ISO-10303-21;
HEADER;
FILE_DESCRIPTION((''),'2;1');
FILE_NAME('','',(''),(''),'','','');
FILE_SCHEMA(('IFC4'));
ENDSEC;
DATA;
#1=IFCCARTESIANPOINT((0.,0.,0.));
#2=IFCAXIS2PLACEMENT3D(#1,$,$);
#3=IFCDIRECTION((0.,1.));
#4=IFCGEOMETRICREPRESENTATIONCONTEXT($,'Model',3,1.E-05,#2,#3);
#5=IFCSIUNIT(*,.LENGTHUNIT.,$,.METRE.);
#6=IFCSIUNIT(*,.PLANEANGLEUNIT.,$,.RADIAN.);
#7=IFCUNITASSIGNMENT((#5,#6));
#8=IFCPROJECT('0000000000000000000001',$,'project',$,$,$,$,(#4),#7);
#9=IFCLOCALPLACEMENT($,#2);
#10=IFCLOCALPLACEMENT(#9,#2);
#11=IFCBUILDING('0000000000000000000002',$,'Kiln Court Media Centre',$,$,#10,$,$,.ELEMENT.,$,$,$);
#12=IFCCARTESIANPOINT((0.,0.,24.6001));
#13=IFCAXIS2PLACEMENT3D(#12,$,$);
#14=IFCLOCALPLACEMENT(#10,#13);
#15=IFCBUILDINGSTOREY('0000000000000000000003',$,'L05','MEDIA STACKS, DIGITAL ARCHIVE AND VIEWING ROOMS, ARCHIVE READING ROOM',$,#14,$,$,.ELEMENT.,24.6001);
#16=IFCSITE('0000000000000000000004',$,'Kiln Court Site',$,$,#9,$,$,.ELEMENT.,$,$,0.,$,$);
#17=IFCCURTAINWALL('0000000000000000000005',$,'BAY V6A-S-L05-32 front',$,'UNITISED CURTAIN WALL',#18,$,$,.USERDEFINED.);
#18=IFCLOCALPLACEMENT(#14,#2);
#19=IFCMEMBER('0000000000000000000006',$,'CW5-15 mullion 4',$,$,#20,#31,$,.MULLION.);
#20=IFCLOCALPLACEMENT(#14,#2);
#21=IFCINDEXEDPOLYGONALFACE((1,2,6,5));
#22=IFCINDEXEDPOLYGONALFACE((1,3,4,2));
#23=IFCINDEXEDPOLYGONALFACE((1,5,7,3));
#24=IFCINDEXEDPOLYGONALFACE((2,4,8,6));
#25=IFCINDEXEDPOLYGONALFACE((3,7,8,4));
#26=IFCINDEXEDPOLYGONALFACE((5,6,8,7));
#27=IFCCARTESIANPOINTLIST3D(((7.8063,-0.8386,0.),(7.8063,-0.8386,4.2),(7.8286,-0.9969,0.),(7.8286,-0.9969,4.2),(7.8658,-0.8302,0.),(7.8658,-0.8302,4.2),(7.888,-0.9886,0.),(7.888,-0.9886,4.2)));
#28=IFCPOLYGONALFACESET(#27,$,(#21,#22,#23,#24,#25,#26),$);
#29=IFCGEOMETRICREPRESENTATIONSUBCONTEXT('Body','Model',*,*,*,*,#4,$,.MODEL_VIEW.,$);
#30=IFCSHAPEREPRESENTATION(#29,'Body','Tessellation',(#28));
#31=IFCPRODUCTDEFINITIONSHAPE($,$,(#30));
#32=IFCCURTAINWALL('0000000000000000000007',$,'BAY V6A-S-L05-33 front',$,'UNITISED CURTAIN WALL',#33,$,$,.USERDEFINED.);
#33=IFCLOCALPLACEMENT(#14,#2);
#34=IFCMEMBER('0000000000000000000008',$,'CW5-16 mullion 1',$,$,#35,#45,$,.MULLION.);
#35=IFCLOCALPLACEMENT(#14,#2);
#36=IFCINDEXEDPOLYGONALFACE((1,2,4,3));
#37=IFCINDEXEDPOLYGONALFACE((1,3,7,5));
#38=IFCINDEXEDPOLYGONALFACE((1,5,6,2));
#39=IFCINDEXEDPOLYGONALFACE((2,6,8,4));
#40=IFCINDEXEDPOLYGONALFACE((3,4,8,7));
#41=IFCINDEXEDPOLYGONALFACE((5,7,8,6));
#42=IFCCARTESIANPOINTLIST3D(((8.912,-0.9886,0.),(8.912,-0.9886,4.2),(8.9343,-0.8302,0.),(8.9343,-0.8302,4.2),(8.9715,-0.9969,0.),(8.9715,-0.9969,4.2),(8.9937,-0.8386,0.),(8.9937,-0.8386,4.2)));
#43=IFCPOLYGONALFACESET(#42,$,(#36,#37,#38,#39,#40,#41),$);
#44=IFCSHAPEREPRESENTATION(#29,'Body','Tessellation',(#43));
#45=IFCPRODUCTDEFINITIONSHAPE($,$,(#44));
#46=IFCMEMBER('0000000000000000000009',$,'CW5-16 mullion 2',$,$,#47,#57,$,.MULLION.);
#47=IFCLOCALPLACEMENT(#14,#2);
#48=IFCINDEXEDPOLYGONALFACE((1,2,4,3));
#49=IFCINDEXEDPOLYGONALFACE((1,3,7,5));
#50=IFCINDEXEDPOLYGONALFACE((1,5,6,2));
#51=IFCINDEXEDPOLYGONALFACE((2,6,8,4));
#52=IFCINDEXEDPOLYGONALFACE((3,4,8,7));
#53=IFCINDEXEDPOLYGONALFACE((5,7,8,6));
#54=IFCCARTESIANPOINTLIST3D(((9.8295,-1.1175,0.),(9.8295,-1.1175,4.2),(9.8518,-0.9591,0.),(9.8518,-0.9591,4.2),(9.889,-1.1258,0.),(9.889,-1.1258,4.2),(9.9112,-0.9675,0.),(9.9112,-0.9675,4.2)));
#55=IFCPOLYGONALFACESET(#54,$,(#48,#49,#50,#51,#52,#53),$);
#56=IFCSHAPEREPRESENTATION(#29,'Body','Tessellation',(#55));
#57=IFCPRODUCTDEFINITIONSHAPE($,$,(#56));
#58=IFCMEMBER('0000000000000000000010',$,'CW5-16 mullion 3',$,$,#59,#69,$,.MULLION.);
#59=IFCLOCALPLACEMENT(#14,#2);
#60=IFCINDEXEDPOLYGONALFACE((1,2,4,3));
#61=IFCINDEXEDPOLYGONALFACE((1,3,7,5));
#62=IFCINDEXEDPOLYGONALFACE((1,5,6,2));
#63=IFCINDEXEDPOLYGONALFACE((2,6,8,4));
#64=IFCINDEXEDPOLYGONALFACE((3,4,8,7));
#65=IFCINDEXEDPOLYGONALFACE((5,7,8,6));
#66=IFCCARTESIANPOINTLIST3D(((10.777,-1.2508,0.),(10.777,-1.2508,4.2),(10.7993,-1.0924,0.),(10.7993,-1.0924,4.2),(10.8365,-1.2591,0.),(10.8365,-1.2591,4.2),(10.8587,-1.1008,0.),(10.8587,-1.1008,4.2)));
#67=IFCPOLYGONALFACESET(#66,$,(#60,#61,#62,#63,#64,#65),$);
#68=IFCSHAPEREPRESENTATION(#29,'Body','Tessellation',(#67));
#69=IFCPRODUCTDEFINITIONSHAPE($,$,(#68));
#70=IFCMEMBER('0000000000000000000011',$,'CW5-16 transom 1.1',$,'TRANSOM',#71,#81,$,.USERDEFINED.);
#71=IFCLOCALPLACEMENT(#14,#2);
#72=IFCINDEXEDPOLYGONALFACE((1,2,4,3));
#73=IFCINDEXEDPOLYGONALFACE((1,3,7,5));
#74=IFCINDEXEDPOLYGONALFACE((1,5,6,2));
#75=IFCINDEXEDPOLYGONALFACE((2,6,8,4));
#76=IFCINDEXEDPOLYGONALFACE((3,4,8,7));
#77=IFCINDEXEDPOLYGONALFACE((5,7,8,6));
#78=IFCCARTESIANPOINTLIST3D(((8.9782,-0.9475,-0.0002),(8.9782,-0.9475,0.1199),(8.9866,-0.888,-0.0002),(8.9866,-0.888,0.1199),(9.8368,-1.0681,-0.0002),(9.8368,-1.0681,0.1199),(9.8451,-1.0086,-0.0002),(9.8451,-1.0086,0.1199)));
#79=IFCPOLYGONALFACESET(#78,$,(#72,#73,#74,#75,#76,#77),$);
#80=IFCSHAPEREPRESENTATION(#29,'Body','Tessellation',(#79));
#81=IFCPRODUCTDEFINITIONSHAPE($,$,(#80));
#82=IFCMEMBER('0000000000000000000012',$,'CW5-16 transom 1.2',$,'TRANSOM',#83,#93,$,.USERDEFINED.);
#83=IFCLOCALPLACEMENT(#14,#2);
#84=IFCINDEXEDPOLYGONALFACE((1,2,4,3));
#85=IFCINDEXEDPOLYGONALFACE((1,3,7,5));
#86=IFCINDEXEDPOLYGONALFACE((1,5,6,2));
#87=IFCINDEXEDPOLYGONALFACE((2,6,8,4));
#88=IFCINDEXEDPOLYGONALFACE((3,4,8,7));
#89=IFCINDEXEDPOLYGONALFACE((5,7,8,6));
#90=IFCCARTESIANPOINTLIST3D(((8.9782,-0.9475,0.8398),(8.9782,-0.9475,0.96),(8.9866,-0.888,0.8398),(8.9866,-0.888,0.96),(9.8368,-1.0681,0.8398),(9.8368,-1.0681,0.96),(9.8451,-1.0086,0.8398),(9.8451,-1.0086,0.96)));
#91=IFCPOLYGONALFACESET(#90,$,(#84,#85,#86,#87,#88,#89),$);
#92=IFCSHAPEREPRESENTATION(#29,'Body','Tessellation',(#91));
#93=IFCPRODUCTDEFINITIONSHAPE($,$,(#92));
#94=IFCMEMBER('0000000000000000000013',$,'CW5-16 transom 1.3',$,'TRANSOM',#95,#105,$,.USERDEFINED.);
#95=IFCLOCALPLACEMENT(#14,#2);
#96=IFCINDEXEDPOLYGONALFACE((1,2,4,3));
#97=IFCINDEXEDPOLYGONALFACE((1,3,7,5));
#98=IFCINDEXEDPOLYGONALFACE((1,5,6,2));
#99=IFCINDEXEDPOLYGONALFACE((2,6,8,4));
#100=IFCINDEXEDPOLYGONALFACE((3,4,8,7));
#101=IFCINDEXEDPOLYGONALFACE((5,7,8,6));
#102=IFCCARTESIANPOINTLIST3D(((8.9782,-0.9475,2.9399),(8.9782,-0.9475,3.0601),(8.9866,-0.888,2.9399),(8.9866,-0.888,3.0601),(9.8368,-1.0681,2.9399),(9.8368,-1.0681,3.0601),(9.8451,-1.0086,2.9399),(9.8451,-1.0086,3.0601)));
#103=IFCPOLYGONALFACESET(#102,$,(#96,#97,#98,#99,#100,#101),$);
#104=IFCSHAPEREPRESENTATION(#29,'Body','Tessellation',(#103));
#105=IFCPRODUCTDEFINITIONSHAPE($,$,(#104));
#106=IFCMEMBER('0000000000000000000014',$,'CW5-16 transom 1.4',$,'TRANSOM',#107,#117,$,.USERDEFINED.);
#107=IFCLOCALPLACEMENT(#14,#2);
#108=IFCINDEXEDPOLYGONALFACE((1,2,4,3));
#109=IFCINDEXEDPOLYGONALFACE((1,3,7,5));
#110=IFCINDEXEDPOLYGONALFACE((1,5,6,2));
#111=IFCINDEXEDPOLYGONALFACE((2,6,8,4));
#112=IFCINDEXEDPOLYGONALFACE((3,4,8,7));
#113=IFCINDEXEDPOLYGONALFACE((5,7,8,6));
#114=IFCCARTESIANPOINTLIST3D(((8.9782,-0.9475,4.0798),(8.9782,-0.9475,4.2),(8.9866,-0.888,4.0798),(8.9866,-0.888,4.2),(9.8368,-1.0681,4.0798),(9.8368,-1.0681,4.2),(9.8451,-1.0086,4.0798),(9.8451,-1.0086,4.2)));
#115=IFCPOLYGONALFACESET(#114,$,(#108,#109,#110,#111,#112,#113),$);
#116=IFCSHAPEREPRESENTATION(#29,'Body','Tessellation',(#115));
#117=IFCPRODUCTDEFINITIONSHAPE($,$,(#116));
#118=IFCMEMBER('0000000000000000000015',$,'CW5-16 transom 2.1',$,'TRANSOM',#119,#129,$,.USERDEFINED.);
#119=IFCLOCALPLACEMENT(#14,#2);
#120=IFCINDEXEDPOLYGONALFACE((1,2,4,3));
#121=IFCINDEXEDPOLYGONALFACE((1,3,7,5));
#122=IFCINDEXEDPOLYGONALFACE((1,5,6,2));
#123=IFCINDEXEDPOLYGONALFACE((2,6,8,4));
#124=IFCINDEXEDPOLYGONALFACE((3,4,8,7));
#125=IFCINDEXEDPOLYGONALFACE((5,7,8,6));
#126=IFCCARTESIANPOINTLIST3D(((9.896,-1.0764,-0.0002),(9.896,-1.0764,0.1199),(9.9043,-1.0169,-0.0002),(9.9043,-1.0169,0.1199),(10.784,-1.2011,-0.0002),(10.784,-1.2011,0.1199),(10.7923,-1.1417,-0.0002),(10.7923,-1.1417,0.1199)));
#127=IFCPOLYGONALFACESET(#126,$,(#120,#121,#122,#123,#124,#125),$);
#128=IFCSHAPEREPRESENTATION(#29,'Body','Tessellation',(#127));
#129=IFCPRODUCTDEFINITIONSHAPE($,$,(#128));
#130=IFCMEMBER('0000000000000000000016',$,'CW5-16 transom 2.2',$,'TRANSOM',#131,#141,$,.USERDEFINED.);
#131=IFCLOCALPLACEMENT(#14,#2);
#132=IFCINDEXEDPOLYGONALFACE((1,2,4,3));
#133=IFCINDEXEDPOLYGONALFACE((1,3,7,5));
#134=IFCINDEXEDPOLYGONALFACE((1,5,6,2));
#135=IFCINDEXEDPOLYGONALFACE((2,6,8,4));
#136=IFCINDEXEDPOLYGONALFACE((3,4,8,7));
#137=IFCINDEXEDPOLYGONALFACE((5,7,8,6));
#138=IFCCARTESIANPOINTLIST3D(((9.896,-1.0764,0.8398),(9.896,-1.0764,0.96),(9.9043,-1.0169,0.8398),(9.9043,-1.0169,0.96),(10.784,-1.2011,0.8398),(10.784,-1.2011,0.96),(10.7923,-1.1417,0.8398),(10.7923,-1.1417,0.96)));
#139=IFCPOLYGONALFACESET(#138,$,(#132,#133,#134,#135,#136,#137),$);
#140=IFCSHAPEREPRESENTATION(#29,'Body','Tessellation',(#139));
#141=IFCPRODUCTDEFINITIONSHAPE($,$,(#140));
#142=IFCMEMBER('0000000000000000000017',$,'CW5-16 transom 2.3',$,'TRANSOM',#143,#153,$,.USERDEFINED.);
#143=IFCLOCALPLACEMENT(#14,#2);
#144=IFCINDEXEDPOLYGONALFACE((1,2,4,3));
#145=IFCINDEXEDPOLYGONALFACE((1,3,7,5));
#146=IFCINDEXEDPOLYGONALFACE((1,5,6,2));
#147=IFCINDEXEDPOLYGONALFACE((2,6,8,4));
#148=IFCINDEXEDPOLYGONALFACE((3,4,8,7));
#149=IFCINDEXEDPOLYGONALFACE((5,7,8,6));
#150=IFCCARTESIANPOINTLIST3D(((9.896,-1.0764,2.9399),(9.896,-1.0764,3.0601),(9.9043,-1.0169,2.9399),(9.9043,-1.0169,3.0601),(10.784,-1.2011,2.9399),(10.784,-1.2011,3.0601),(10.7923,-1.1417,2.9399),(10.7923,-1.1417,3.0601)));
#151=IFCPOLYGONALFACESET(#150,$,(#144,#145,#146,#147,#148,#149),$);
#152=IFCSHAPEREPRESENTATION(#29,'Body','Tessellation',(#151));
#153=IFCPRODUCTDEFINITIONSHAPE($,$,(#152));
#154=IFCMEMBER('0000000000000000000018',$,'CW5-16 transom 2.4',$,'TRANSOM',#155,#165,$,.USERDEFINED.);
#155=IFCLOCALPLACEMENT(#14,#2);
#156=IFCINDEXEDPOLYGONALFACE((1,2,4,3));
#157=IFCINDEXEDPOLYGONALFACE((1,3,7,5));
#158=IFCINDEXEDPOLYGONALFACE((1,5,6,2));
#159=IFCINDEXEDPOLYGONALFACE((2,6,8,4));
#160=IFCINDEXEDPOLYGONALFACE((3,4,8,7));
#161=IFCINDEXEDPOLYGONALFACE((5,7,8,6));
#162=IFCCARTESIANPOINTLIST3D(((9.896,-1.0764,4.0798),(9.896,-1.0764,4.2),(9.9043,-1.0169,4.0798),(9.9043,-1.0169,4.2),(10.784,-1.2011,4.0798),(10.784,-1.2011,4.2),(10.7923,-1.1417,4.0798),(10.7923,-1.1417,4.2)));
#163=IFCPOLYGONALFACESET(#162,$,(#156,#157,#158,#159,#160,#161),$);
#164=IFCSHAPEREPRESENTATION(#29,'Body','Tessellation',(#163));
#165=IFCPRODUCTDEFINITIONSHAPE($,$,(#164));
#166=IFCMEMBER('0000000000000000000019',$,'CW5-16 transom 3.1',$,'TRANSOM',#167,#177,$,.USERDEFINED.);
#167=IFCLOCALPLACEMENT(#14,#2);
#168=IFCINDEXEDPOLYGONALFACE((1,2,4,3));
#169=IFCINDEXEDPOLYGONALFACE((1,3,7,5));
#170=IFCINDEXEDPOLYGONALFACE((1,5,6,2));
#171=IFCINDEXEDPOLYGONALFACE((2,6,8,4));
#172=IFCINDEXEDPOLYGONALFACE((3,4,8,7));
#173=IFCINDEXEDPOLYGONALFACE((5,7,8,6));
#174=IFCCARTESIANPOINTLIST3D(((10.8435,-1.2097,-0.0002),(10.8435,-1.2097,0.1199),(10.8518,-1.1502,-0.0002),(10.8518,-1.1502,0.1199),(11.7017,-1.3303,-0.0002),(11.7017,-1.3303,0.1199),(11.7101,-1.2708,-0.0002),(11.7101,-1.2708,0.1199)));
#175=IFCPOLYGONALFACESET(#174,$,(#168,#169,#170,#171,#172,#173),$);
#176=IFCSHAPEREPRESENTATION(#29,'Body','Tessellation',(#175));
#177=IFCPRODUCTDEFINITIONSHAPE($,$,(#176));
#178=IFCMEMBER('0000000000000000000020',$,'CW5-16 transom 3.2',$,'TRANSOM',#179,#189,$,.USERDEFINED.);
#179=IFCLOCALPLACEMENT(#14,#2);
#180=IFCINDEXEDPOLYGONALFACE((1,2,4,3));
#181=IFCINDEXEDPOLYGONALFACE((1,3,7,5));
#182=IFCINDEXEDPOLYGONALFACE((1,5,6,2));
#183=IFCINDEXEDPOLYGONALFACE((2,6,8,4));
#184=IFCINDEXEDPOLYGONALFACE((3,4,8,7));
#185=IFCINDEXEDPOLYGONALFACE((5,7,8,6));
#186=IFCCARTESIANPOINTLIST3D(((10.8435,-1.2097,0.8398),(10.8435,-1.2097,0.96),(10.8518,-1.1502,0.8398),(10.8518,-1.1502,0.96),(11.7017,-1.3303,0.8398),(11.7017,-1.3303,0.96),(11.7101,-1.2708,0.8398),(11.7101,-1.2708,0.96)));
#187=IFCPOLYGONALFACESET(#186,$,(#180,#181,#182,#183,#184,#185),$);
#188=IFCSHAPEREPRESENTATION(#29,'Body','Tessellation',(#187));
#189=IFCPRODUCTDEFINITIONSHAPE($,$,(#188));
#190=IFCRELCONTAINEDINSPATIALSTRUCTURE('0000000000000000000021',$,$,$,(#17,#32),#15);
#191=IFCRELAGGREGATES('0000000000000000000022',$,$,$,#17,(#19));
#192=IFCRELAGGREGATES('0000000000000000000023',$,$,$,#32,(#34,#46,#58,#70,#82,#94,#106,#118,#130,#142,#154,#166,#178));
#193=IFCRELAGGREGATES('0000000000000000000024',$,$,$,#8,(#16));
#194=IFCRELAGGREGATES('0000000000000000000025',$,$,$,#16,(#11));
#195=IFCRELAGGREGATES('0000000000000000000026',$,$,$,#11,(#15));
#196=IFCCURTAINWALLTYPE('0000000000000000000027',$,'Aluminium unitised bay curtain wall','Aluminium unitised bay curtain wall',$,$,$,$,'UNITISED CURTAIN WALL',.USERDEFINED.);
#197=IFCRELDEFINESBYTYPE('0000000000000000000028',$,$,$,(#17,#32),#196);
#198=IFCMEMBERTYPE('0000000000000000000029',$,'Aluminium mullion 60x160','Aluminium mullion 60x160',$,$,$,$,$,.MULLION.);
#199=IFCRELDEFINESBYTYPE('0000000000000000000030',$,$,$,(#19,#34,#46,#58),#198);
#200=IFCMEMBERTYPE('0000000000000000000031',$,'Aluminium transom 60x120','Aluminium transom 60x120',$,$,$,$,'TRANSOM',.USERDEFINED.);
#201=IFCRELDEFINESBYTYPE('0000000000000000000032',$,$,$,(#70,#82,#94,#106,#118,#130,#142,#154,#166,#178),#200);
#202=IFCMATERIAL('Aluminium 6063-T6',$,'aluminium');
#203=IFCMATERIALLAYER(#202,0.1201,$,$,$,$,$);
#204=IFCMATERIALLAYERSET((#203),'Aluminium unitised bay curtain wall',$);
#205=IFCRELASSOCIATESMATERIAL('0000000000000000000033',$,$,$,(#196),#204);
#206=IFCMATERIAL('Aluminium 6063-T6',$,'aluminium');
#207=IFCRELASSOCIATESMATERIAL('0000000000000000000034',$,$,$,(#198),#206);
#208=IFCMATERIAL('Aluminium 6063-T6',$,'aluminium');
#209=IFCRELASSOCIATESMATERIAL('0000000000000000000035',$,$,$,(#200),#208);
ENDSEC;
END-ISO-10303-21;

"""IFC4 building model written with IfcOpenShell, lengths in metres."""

from ifc_helpers import new_model, si_unit, direction, frame, origin, origin_2d, place, context, subcontext, project, spatial, rectangle, extrude, material, layer, layer_set, material_profile, profile_set, type_object, element, aggregate, save


model = new_model("IFC4")

# Units and contexts
model_context = context("Model", 3, precision=1e-05, world=origin(), true_north=direction((0.0, 1.0)))
body_context = subcontext(model_context, "Body", "Model", "MODEL_VIEW")
ifc_project = project(units=[si_unit("LENGTHUNIT", "METRE"), si_unit("PLANEANGLEUNIT", "RADIAN")], contexts=[model_context])

# Site, building, storey
site_placement = place(None, origin())
site = spatial("IfcSite", under=ifc_project, at=site_placement, Name="Kiln Court Site", CompositionType="ELEMENT", RefElevation=0.0)
building_placement = place(site_placement, origin())
building = spatial("IfcBuilding", under=site, at=building_placement, Name="Kiln Court Media Centre", CompositionType="ELEMENT")
storey_placement = place(building_placement, frame((0.0, 0.0, 24.6001)))
storey = spatial("IfcBuildingStorey", under=building, at=storey_placement, Name="L05", Description="MEDIA STACKS, DIGITAL ARCHIVE AND VIEWING ROOMS, ARCHIVE READING ROOM", CompositionType="ELEMENT", Elevation=24.6001)

# Curtain wall, member
ifc_material_1 = material(Name="Aluminium 6063-T6", Category="aluminium")
ifc_layer_1 = layer(ifc_material_1, 0.1201)
ifc_layer_set_1 = layer_set([ifc_layer_1], Name="Aluminium unitised bay curtain wall")
curtain_wall_type = type_object("IfcCurtainWallType", Name="Aluminium unitised bay curtain wall", Description="Aluminium unitised bay curtain wall", ElementType="UNITISED CURTAIN WALL", PredefinedType="USERDEFINED", material=ifc_layer_set_1)
curtain_wall_1_placement = place(storey_placement, origin())
curtain_wall_1 = element("IfcCurtainWall", 1, at=curtain_wall_1_placement, inside=storey, type_object=curtain_wall_type, Name="BAY V6A-S-L05-32 front", ObjectType="UNITISED CURTAIN WALL", PredefinedType="USERDEFINED")
ifc_material_2 = material(Name="Aluminium 6063-T6", Category="aluminium")
ifc_material_profile_1 = material_profile(ifc_material_2, rectangle(XDim=0.0601, YDim=0.1599, at=origin_2d()), Name="Aluminium mullion 60x160")
ifc_profile_set_1 = profile_set([ifc_material_profile_1], Name="Aluminium 6063-T6")
member_type_1 = type_object("IfcMemberType", Name="Aluminium mullion 60x160", Description="Aluminium mullion 60x160", PredefinedType="MULLION", material=ifc_profile_set_1)
member_1_placement = place(storey_placement, frame((7.8472, -0.9136, 0.0), z_axis=(0.0, 0.0, 1.0), x_axis=(0.99027, 0.139162, 0.0)))
member_1 = element("IfcMember", 2, at=member_1_placement, type_object=member_type_1, Name="CW5-15 mullion 4", PredefinedType="MULLION", context=body_context, shape_type="SweptSolid", body=[
    extrude(rectangle(XDim=0.0601, YDim=0.1599, at=origin_2d()), origin(), (0.0, 0.0, 1.0), 4.2),
])

# Curtain wall, members
curtain_wall_2_placement = place(storey_placement, origin())
curtain_wall_2 = element("IfcCurtainWall", 3, at=curtain_wall_2_placement, inside=storey, type_object=curtain_wall_type, Name="BAY V6A-S-L05-33 front", ObjectType="UNITISED CURTAIN WALL", PredefinedType="USERDEFINED")
member_2_placement = place(storey_placement, frame((8.9529, -0.9136, 0.0), z_axis=(0.0, 0.0, 1.0), x_axis=(0.99027, -0.139162, 0.0)))
member_2 = element("IfcMember", 4, at=member_2_placement, type_object=member_type_1, Name="CW5-16 mullion 1", PredefinedType="MULLION", context=body_context, shape_type="SweptSolid", body=[
    extrude(rectangle(XDim=0.0601, YDim=0.1599, at=origin_2d()), origin(), (0.0, 0.0, 1.0), 4.2),
])
member_3_placement = place(storey_placement, frame((9.8704, -1.0425, 0.0), z_axis=(0.0, 0.0, 1.0), x_axis=(0.99027, -0.139162, 0.0)))
member_3 = element("IfcMember", 5, at=member_3_placement, type_object=member_type_1, Name="CW5-16 mullion 2", PredefinedType="MULLION", context=body_context, shape_type="SweptSolid", body=[
    extrude(rectangle(XDim=0.0601, YDim=0.1599, at=origin_2d()), origin(), (0.0, 0.0, 1.0), 4.2),
])
member_4_placement = place(storey_placement, frame((10.8179, -1.1758, 0.0), z_axis=(0.0, 0.0, 1.0), x_axis=(0.99027, -0.139162, 0.0)))
member_4 = element("IfcMember", 6, at=member_4_placement, type_object=member_type_1, Name="CW5-16 mullion 3", PredefinedType="MULLION", context=body_context, shape_type="SweptSolid", body=[
    extrude(rectangle(XDim=0.0601, YDim=0.1599, at=origin_2d()), origin(), (0.0, 0.0, 1.0), 4.2),
])
ifc_material_3 = material(Name="Aluminium 6063-T6", Category="aluminium")
ifc_material_profile_2 = material_profile(ifc_material_3, rectangle(XDim=0.0601, YDim=0.1201, at=origin_2d()), Name="Aluminium transom 60x120")
ifc_profile_set_2 = profile_set([ifc_material_profile_2], Name="Aluminium 6063-T6")
member_type_2 = type_object("IfcMemberType", Name="Aluminium transom 60x120", Description="Aluminium transom 60x120", ElementType="TRANSOM", PredefinedType="USERDEFINED", material=ifc_profile_set_2)
member_5_placement = place(storey_placement, frame((8.9824, -0.9177, 0.0598), z_axis=(0.990274, -0.139134, 0.0), x_axis=(0.139134, 0.990274, 0.0)))
member_5 = element("IfcMember", 7, at=member_5_placement, type_object=member_type_2, Name="CW5-16 transom 1.1", ObjectType="TRANSOM", PredefinedType="USERDEFINED", context=body_context, shape_type="SweptSolid", body=[
    extrude(rectangle(XDim=0.0601, YDim=0.1201, at=origin_2d()), origin(), (0.0, 0.0, 1.0), 0.8669),
])
member_6_placement = place(storey_placement, frame((8.9824, -0.9177, 0.8999), z_axis=(0.990274, -0.139134, 0.0), x_axis=(0.139134, 0.990274, 0.0)))
member_6 = element("IfcMember", 8, at=member_6_placement, type_object=member_type_2, Name="CW5-16 transom 1.2", ObjectType="TRANSOM", PredefinedType="USERDEFINED", context=body_context, shape_type="SweptSolid", body=[
    extrude(rectangle(XDim=0.0601, YDim=0.1201, at=origin_2d()), origin(), (0.0, 0.0, 1.0), 0.8669),
])
member_7_placement = place(storey_placement, frame((8.9824, -0.9177, 3.0), z_axis=(0.990274, -0.139134, 0.0), x_axis=(0.139134, 0.990274, 0.0)))
member_7 = element("IfcMember", 9, at=member_7_placement, type_object=member_type_2, Name="CW5-16 transom 1.3", ObjectType="TRANSOM", PredefinedType="USERDEFINED", context=body_context, shape_type="SweptSolid", body=[
    extrude(rectangle(XDim=0.0601, YDim=0.1201, at=origin_2d()), origin(), (0.0, 0.0, 1.0), 0.8669),
])
member_8_placement = place(storey_placement, frame((8.9824, -0.9177, 4.1399), z_axis=(0.990274, -0.139134, 0.0), x_axis=(0.139134, 0.990274, 0.0)))
member_8 = element("IfcMember", 10, at=member_8_placement, type_object=member_type_2, Name="CW5-16 transom 1.4", ObjectType="TRANSOM", PredefinedType="USERDEFINED", context=body_context, shape_type="SweptSolid", body=[
    extrude(rectangle(XDim=0.0601, YDim=0.1201, at=origin_2d()), origin(), (0.0, 0.0, 1.0), 0.8669),
])
member_9_placement = place(storey_placement, frame((9.9001, -1.0466, 0.0598), z_axis=(0.990274, -0.139134, 0.0), x_axis=(0.139134, 0.990274, 0.0)))
member_9 = element("IfcMember", 11, at=member_9_placement, type_object=member_type_2, Name="CW5-16 transom 2.1", ObjectType="TRANSOM", PredefinedType="USERDEFINED", context=body_context, shape_type="SweptSolid", body=[
    extrude(rectangle(XDim=0.0601, YDim=0.1201, at=origin_2d()), origin(), (0.0, 0.0, 1.0), 0.8967),
])
member_10_placement = place(storey_placement, frame((9.9001, -1.0466, 0.8999), z_axis=(0.990274, -0.139134, 0.0), x_axis=(0.139134, 0.990274, 0.0)))
member_10 = element("IfcMember", 12, at=member_10_placement, type_object=member_type_2, Name="CW5-16 transom 2.2", ObjectType="TRANSOM", PredefinedType="USERDEFINED", context=body_context, shape_type="SweptSolid", body=[
    extrude(rectangle(XDim=0.0601, YDim=0.1201, at=origin_2d()), origin(), (0.0, 0.0, 1.0), 0.8967),
])
member_11_placement = place(storey_placement, frame((9.9001, -1.0466, 3.0), z_axis=(0.990274, -0.139134, 0.0), x_axis=(0.139134, 0.990274, 0.0)))
member_11 = element("IfcMember", 13, at=member_11_placement, type_object=member_type_2, Name="CW5-16 transom 2.3", ObjectType="TRANSOM", PredefinedType="USERDEFINED", context=body_context, shape_type="SweptSolid", body=[
    extrude(rectangle(XDim=0.0601, YDim=0.1201, at=origin_2d()), origin(), (0.0, 0.0, 1.0), 0.8967),
])
member_12_placement = place(storey_placement, frame((9.9001, -1.0466, 4.1399), z_axis=(0.990274, -0.139134, 0.0), x_axis=(0.139134, 0.990274, 0.0)))
member_12 = element("IfcMember", 14, at=member_12_placement, type_object=member_type_2, Name="CW5-16 transom 2.4", ObjectType="TRANSOM", PredefinedType="USERDEFINED", context=body_context, shape_type="SweptSolid", body=[
    extrude(rectangle(XDim=0.0601, YDim=0.1201, at=origin_2d()), origin(), (0.0, 0.0, 1.0), 0.8967),
])
member_13_placement = place(storey_placement, frame((10.8477, -1.1799, 0.0598), z_axis=(0.990268, -0.139173, 0.0), x_axis=(0.139173, 0.990268, 0.0)))
member_13 = element("IfcMember", 15, at=member_13_placement, type_object=member_type_2, Name="CW5-16 transom 3.1", ObjectType="TRANSOM", PredefinedType="USERDEFINED", context=body_context, shape_type="SweptSolid", body=[
    extrude(rectangle(XDim=0.0601, YDim=0.1201, at=origin_2d()), origin(), (0.0, 0.0, 1.0), 0.8667),
])
member_14_placement = place(storey_placement, frame((10.8477, -1.1799, 0.8999), z_axis=(0.990268, -0.139173, 0.0), x_axis=(0.139173, 0.990268, 0.0)))
member_14 = element("IfcMember", 16, at=member_14_placement, type_object=member_type_2, Name="CW5-16 transom 3.2", ObjectType="TRANSOM", PredefinedType="USERDEFINED", context=body_context, shape_type="SweptSolid", body=[
    extrude(rectangle(XDim=0.0601, YDim=0.1201, at=origin_2d()), origin(), (0.0, 0.0, 1.0), 0.8667),
])

aggregate(curtain_wall_1, [member_1])
aggregate(curtain_wall_2, [member_2, member_3, member_4, member_5, member_6, member_7, member_8, member_9, member_10, member_11, member_12, member_13, member_14])

save(model, "model.ifc")
